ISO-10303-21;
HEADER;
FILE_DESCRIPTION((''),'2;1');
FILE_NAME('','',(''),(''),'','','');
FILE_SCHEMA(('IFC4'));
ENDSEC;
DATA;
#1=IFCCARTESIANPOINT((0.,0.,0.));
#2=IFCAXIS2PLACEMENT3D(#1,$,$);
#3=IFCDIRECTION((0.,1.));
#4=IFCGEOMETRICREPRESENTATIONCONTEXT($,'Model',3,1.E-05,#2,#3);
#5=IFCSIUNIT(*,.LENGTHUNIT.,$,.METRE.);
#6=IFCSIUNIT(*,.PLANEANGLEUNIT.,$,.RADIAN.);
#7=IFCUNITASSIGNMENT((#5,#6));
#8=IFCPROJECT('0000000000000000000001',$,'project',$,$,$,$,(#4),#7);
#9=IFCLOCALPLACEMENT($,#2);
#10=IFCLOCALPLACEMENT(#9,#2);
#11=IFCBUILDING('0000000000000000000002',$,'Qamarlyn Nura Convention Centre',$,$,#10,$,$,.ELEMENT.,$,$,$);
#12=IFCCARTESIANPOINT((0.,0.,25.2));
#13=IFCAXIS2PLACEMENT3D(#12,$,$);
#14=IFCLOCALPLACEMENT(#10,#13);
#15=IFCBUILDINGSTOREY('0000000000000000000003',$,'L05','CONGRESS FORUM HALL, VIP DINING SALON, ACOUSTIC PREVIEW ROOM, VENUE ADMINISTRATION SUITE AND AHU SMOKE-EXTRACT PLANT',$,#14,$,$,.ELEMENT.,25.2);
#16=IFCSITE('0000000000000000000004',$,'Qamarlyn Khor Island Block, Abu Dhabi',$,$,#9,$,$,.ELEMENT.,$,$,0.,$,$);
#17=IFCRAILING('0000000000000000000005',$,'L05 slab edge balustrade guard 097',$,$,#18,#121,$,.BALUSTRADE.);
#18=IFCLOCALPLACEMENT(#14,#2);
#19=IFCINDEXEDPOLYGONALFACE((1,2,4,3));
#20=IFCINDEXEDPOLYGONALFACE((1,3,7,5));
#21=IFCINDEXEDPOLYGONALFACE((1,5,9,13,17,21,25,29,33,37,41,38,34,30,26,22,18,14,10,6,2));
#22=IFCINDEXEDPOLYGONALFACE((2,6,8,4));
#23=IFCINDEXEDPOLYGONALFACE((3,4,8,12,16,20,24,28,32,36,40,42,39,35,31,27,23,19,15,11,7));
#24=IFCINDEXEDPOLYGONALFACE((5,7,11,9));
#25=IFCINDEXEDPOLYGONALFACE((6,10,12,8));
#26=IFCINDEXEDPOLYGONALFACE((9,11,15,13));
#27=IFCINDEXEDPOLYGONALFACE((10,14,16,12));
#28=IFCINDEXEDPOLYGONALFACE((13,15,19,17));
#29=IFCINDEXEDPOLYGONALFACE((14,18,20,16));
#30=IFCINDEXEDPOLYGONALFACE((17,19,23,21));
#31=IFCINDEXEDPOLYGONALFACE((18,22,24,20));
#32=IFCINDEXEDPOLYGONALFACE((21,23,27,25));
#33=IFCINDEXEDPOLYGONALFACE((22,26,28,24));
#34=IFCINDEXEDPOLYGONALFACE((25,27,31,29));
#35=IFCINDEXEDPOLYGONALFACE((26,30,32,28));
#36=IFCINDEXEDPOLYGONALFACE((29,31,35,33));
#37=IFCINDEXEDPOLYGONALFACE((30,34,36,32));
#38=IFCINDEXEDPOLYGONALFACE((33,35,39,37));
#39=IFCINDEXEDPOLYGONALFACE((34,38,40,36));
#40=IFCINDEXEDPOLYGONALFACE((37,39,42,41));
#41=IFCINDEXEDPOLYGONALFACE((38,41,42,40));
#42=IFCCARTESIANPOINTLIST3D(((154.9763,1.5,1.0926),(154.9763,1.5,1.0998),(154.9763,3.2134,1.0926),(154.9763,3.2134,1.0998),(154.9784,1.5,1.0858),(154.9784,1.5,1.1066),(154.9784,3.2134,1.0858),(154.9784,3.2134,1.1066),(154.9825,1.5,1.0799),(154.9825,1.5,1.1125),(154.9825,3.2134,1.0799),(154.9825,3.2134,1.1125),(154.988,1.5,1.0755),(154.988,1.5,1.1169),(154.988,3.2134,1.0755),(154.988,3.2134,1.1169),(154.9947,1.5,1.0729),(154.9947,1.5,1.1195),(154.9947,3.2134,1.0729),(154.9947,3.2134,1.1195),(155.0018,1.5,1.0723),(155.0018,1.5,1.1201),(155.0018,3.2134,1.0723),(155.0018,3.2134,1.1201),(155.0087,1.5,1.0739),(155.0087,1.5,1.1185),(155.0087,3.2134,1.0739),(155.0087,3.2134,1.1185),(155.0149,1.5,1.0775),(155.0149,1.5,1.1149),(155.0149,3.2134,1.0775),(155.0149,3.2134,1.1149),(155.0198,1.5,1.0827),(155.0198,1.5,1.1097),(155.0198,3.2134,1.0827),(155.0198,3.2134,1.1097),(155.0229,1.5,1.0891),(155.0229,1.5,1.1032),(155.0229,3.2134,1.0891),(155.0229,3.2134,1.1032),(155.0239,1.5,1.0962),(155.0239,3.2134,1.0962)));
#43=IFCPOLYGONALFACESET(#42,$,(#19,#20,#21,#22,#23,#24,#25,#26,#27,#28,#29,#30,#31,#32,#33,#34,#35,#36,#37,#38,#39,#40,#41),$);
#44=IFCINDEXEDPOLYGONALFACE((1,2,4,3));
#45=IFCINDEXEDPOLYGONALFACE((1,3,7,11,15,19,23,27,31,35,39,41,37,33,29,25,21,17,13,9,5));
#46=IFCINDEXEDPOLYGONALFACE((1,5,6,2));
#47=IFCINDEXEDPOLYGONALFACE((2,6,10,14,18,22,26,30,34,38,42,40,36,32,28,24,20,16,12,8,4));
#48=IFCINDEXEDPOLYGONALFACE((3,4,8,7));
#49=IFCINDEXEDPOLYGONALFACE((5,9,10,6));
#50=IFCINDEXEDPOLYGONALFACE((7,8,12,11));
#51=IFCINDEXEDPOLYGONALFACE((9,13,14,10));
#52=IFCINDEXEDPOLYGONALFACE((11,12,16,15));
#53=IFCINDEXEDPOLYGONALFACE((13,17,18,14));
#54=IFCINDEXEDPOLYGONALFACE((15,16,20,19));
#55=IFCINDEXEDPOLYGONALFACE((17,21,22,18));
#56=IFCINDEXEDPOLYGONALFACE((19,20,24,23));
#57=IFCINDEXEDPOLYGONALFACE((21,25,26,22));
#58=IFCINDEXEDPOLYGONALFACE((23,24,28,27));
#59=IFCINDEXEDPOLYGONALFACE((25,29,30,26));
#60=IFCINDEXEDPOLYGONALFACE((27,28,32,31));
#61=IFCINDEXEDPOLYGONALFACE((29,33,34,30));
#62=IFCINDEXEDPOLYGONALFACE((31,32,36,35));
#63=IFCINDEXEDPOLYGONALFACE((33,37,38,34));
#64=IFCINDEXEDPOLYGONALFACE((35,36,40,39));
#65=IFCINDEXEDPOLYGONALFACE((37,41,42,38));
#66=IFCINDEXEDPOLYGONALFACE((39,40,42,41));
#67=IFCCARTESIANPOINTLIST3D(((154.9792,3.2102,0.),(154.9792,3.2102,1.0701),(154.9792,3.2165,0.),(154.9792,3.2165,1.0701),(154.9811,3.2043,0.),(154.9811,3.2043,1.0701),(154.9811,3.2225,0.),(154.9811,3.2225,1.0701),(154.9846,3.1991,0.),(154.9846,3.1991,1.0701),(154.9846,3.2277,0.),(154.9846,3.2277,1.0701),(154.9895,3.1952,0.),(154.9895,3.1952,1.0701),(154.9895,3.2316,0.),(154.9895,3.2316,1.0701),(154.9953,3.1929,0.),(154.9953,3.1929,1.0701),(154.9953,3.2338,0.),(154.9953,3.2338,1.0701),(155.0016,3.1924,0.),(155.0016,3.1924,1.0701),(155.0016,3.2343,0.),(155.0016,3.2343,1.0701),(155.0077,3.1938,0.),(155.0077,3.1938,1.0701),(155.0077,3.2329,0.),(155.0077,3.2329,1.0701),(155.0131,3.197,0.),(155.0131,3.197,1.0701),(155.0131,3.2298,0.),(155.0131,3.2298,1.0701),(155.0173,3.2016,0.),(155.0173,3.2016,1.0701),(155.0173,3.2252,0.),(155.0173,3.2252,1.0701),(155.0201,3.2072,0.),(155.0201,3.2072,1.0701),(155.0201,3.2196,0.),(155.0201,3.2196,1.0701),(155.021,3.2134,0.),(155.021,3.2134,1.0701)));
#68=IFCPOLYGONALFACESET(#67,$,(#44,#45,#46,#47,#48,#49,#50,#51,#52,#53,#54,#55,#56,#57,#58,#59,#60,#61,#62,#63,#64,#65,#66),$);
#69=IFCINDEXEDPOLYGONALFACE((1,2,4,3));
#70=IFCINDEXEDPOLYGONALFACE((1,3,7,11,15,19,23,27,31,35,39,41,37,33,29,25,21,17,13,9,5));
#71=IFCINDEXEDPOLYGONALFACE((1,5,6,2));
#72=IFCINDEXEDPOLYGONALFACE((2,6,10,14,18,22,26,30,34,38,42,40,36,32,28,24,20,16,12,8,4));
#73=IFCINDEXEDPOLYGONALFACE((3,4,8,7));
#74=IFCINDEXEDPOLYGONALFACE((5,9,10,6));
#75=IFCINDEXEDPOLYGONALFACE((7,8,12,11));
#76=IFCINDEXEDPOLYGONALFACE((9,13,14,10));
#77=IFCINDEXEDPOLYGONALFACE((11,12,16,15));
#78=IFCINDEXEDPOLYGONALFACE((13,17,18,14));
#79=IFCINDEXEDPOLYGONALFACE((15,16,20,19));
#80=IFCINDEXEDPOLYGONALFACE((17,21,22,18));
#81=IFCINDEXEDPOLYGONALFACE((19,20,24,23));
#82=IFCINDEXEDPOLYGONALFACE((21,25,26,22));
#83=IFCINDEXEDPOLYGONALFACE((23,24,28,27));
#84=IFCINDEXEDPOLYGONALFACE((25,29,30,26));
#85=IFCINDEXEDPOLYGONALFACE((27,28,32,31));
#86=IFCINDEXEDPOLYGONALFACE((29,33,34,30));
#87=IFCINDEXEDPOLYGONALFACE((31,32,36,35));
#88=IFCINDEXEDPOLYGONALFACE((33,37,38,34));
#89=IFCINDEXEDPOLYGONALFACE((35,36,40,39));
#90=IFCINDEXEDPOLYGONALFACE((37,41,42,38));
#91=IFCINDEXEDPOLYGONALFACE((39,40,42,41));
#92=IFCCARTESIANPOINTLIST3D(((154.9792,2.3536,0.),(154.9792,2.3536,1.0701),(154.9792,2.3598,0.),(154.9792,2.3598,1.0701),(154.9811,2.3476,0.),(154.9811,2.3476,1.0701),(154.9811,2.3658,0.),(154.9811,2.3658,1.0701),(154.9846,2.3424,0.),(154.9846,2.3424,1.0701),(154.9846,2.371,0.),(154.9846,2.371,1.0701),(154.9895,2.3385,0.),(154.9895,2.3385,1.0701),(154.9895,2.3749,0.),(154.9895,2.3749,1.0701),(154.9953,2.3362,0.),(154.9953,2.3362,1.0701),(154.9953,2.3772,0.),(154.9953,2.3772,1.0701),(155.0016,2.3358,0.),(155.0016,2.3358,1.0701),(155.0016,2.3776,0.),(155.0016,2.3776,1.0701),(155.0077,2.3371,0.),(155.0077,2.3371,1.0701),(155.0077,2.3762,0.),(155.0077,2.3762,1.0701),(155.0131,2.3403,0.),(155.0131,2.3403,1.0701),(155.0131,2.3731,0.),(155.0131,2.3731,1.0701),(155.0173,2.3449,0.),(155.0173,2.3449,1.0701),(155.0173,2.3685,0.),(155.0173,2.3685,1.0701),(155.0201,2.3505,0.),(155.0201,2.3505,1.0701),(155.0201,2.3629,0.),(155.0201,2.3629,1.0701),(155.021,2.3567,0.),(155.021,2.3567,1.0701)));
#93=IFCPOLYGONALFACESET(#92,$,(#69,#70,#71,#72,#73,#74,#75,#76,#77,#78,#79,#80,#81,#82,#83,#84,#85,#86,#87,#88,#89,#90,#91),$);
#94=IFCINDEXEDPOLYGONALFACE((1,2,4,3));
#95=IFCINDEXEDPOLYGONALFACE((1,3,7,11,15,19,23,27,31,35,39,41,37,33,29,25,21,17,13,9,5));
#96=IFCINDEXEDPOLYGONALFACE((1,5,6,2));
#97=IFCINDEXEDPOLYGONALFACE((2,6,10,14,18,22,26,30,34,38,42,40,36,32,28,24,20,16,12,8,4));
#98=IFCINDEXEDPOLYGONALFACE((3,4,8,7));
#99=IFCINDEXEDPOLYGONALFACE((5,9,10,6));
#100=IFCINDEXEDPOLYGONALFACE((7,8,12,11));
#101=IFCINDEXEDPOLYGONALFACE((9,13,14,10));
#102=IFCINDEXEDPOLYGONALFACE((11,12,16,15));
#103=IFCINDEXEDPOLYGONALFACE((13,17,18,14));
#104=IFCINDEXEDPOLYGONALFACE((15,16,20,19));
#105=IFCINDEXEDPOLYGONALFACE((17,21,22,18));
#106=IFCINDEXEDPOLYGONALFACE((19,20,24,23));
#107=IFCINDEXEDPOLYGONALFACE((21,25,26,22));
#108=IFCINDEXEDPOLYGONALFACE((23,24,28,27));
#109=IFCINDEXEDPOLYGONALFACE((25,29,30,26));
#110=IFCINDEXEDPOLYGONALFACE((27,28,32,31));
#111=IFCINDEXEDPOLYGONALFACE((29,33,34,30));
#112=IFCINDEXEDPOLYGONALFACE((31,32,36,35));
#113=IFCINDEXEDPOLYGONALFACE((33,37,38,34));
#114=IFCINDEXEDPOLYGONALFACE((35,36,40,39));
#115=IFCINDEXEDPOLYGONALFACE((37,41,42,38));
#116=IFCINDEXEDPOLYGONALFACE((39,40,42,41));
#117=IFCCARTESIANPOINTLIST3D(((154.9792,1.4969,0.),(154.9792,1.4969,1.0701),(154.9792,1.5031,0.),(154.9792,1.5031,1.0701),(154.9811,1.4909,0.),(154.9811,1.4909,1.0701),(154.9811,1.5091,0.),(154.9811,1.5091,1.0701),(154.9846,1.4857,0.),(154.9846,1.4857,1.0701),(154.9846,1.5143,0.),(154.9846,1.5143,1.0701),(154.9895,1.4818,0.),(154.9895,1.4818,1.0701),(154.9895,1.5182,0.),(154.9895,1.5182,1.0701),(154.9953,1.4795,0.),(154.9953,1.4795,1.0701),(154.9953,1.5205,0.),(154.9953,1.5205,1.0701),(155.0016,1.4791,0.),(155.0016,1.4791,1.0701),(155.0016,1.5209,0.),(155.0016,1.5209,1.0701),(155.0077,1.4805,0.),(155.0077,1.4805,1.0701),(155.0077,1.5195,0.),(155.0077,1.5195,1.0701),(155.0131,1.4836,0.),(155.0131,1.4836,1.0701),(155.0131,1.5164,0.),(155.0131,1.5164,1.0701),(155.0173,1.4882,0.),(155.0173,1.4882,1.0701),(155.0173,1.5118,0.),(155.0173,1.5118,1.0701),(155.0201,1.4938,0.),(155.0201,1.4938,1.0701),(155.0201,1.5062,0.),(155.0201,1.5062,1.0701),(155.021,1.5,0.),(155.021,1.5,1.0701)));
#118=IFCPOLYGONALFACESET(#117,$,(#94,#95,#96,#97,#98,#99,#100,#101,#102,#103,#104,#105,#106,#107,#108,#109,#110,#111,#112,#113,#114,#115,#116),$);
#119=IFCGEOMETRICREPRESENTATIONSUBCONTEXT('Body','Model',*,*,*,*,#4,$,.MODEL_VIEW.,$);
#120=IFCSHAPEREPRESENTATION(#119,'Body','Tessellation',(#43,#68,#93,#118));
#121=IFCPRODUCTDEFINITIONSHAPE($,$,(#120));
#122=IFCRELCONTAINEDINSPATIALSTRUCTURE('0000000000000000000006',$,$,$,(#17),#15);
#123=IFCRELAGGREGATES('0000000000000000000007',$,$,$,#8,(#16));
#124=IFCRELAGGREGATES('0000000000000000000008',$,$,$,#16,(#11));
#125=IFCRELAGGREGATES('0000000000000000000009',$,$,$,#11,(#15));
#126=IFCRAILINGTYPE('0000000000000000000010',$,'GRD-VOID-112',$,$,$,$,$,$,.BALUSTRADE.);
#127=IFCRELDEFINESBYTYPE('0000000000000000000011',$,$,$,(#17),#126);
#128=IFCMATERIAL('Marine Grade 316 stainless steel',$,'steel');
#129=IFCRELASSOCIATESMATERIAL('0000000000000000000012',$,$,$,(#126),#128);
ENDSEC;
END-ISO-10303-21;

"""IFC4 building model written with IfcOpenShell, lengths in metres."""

from ifc_helpers import new_model, si_unit, direction, frame, origin, origin_2d, place, context, subcontext, project, spatial, circle, extrude, material, type_object, element, save


model = new_model("IFC4")

# Units and contexts
model_context = context("Model", 3, precision=1e-05, world=origin(), true_north=direction((0.0, 1.0)))
body_context = subcontext(model_context, "Body", "Model", "MODEL_VIEW")
ifc_project = project(units=[si_unit("LENGTHUNIT", "METRE"), si_unit("PLANEANGLEUNIT", "RADIAN")], contexts=[model_context])

# Site, building, storey
site_placement = place(None, origin())
site = spatial("IfcSite", under=ifc_project, at=site_placement, Name="Qamarlyn Khor Island Block, Abu Dhabi", CompositionType="ELEMENT", RefElevation=0.0)
building_placement = place(site_placement, origin())
building = spatial("IfcBuilding", under=site, at=building_placement, Name="Qamarlyn Nura Convention Centre", CompositionType="ELEMENT")
storey_placement = place(building_placement, frame((0.0, 0.0, 25.2)))
storey = spatial("IfcBuildingStorey", under=building, at=storey_placement, Name="L05", Description="CONGRESS FORUM HALL, VIP DINING SALON, ACOUSTIC PREVIEW ROOM, VENUE ADMINISTRATION SUITE AND AHU SMOKE-EXTRACT PLANT", CompositionType="ELEMENT", Elevation=25.2)

# Railing
ifc_material_1 = material(Name="Marine Grade 316 stainless steel", Category="steel")
railing_type = type_object("IfcRailingType", Name="GRD-VOID-112", PredefinedType="BALUSTRADE", material=ifc_material_1)
railing_1_placement = place(storey_placement, frame((155.0, 3.2134, 0.0)))
element("IfcRailing", 1, at=railing_1_placement, inside=storey, type_object=railing_type, Name="L05 slab edge balustrade guard 097", PredefinedType="BALUSTRADE", context=body_context, shape_type="SweptSolid", body=[
    extrude(circle(Radius=0.0239, at=origin_2d()), frame((0.0, 0.0, 1.0962), z_axis=(0.0, -1.0, 0.0), x_axis=(1.0, 0.0, 0.0)), (0.0, 0.0, 1.0), 1.7134),
    extrude(circle(Radius=0.021, at=origin_2d()), origin(), (0.0, 0.0, 1.0), 1.0701),
    extrude(circle(Radius=0.021, at=origin_2d()), frame((0.0, -0.8567, 0.0)), (0.0, 0.0, 1.0), 1.0701),
    extrude(circle(Radius=0.021, at=origin_2d()), frame((0.0, -1.7134, 0.0)), (0.0, 0.0, 1.0), 1.0701),
])

save(model, "model.ifc")
